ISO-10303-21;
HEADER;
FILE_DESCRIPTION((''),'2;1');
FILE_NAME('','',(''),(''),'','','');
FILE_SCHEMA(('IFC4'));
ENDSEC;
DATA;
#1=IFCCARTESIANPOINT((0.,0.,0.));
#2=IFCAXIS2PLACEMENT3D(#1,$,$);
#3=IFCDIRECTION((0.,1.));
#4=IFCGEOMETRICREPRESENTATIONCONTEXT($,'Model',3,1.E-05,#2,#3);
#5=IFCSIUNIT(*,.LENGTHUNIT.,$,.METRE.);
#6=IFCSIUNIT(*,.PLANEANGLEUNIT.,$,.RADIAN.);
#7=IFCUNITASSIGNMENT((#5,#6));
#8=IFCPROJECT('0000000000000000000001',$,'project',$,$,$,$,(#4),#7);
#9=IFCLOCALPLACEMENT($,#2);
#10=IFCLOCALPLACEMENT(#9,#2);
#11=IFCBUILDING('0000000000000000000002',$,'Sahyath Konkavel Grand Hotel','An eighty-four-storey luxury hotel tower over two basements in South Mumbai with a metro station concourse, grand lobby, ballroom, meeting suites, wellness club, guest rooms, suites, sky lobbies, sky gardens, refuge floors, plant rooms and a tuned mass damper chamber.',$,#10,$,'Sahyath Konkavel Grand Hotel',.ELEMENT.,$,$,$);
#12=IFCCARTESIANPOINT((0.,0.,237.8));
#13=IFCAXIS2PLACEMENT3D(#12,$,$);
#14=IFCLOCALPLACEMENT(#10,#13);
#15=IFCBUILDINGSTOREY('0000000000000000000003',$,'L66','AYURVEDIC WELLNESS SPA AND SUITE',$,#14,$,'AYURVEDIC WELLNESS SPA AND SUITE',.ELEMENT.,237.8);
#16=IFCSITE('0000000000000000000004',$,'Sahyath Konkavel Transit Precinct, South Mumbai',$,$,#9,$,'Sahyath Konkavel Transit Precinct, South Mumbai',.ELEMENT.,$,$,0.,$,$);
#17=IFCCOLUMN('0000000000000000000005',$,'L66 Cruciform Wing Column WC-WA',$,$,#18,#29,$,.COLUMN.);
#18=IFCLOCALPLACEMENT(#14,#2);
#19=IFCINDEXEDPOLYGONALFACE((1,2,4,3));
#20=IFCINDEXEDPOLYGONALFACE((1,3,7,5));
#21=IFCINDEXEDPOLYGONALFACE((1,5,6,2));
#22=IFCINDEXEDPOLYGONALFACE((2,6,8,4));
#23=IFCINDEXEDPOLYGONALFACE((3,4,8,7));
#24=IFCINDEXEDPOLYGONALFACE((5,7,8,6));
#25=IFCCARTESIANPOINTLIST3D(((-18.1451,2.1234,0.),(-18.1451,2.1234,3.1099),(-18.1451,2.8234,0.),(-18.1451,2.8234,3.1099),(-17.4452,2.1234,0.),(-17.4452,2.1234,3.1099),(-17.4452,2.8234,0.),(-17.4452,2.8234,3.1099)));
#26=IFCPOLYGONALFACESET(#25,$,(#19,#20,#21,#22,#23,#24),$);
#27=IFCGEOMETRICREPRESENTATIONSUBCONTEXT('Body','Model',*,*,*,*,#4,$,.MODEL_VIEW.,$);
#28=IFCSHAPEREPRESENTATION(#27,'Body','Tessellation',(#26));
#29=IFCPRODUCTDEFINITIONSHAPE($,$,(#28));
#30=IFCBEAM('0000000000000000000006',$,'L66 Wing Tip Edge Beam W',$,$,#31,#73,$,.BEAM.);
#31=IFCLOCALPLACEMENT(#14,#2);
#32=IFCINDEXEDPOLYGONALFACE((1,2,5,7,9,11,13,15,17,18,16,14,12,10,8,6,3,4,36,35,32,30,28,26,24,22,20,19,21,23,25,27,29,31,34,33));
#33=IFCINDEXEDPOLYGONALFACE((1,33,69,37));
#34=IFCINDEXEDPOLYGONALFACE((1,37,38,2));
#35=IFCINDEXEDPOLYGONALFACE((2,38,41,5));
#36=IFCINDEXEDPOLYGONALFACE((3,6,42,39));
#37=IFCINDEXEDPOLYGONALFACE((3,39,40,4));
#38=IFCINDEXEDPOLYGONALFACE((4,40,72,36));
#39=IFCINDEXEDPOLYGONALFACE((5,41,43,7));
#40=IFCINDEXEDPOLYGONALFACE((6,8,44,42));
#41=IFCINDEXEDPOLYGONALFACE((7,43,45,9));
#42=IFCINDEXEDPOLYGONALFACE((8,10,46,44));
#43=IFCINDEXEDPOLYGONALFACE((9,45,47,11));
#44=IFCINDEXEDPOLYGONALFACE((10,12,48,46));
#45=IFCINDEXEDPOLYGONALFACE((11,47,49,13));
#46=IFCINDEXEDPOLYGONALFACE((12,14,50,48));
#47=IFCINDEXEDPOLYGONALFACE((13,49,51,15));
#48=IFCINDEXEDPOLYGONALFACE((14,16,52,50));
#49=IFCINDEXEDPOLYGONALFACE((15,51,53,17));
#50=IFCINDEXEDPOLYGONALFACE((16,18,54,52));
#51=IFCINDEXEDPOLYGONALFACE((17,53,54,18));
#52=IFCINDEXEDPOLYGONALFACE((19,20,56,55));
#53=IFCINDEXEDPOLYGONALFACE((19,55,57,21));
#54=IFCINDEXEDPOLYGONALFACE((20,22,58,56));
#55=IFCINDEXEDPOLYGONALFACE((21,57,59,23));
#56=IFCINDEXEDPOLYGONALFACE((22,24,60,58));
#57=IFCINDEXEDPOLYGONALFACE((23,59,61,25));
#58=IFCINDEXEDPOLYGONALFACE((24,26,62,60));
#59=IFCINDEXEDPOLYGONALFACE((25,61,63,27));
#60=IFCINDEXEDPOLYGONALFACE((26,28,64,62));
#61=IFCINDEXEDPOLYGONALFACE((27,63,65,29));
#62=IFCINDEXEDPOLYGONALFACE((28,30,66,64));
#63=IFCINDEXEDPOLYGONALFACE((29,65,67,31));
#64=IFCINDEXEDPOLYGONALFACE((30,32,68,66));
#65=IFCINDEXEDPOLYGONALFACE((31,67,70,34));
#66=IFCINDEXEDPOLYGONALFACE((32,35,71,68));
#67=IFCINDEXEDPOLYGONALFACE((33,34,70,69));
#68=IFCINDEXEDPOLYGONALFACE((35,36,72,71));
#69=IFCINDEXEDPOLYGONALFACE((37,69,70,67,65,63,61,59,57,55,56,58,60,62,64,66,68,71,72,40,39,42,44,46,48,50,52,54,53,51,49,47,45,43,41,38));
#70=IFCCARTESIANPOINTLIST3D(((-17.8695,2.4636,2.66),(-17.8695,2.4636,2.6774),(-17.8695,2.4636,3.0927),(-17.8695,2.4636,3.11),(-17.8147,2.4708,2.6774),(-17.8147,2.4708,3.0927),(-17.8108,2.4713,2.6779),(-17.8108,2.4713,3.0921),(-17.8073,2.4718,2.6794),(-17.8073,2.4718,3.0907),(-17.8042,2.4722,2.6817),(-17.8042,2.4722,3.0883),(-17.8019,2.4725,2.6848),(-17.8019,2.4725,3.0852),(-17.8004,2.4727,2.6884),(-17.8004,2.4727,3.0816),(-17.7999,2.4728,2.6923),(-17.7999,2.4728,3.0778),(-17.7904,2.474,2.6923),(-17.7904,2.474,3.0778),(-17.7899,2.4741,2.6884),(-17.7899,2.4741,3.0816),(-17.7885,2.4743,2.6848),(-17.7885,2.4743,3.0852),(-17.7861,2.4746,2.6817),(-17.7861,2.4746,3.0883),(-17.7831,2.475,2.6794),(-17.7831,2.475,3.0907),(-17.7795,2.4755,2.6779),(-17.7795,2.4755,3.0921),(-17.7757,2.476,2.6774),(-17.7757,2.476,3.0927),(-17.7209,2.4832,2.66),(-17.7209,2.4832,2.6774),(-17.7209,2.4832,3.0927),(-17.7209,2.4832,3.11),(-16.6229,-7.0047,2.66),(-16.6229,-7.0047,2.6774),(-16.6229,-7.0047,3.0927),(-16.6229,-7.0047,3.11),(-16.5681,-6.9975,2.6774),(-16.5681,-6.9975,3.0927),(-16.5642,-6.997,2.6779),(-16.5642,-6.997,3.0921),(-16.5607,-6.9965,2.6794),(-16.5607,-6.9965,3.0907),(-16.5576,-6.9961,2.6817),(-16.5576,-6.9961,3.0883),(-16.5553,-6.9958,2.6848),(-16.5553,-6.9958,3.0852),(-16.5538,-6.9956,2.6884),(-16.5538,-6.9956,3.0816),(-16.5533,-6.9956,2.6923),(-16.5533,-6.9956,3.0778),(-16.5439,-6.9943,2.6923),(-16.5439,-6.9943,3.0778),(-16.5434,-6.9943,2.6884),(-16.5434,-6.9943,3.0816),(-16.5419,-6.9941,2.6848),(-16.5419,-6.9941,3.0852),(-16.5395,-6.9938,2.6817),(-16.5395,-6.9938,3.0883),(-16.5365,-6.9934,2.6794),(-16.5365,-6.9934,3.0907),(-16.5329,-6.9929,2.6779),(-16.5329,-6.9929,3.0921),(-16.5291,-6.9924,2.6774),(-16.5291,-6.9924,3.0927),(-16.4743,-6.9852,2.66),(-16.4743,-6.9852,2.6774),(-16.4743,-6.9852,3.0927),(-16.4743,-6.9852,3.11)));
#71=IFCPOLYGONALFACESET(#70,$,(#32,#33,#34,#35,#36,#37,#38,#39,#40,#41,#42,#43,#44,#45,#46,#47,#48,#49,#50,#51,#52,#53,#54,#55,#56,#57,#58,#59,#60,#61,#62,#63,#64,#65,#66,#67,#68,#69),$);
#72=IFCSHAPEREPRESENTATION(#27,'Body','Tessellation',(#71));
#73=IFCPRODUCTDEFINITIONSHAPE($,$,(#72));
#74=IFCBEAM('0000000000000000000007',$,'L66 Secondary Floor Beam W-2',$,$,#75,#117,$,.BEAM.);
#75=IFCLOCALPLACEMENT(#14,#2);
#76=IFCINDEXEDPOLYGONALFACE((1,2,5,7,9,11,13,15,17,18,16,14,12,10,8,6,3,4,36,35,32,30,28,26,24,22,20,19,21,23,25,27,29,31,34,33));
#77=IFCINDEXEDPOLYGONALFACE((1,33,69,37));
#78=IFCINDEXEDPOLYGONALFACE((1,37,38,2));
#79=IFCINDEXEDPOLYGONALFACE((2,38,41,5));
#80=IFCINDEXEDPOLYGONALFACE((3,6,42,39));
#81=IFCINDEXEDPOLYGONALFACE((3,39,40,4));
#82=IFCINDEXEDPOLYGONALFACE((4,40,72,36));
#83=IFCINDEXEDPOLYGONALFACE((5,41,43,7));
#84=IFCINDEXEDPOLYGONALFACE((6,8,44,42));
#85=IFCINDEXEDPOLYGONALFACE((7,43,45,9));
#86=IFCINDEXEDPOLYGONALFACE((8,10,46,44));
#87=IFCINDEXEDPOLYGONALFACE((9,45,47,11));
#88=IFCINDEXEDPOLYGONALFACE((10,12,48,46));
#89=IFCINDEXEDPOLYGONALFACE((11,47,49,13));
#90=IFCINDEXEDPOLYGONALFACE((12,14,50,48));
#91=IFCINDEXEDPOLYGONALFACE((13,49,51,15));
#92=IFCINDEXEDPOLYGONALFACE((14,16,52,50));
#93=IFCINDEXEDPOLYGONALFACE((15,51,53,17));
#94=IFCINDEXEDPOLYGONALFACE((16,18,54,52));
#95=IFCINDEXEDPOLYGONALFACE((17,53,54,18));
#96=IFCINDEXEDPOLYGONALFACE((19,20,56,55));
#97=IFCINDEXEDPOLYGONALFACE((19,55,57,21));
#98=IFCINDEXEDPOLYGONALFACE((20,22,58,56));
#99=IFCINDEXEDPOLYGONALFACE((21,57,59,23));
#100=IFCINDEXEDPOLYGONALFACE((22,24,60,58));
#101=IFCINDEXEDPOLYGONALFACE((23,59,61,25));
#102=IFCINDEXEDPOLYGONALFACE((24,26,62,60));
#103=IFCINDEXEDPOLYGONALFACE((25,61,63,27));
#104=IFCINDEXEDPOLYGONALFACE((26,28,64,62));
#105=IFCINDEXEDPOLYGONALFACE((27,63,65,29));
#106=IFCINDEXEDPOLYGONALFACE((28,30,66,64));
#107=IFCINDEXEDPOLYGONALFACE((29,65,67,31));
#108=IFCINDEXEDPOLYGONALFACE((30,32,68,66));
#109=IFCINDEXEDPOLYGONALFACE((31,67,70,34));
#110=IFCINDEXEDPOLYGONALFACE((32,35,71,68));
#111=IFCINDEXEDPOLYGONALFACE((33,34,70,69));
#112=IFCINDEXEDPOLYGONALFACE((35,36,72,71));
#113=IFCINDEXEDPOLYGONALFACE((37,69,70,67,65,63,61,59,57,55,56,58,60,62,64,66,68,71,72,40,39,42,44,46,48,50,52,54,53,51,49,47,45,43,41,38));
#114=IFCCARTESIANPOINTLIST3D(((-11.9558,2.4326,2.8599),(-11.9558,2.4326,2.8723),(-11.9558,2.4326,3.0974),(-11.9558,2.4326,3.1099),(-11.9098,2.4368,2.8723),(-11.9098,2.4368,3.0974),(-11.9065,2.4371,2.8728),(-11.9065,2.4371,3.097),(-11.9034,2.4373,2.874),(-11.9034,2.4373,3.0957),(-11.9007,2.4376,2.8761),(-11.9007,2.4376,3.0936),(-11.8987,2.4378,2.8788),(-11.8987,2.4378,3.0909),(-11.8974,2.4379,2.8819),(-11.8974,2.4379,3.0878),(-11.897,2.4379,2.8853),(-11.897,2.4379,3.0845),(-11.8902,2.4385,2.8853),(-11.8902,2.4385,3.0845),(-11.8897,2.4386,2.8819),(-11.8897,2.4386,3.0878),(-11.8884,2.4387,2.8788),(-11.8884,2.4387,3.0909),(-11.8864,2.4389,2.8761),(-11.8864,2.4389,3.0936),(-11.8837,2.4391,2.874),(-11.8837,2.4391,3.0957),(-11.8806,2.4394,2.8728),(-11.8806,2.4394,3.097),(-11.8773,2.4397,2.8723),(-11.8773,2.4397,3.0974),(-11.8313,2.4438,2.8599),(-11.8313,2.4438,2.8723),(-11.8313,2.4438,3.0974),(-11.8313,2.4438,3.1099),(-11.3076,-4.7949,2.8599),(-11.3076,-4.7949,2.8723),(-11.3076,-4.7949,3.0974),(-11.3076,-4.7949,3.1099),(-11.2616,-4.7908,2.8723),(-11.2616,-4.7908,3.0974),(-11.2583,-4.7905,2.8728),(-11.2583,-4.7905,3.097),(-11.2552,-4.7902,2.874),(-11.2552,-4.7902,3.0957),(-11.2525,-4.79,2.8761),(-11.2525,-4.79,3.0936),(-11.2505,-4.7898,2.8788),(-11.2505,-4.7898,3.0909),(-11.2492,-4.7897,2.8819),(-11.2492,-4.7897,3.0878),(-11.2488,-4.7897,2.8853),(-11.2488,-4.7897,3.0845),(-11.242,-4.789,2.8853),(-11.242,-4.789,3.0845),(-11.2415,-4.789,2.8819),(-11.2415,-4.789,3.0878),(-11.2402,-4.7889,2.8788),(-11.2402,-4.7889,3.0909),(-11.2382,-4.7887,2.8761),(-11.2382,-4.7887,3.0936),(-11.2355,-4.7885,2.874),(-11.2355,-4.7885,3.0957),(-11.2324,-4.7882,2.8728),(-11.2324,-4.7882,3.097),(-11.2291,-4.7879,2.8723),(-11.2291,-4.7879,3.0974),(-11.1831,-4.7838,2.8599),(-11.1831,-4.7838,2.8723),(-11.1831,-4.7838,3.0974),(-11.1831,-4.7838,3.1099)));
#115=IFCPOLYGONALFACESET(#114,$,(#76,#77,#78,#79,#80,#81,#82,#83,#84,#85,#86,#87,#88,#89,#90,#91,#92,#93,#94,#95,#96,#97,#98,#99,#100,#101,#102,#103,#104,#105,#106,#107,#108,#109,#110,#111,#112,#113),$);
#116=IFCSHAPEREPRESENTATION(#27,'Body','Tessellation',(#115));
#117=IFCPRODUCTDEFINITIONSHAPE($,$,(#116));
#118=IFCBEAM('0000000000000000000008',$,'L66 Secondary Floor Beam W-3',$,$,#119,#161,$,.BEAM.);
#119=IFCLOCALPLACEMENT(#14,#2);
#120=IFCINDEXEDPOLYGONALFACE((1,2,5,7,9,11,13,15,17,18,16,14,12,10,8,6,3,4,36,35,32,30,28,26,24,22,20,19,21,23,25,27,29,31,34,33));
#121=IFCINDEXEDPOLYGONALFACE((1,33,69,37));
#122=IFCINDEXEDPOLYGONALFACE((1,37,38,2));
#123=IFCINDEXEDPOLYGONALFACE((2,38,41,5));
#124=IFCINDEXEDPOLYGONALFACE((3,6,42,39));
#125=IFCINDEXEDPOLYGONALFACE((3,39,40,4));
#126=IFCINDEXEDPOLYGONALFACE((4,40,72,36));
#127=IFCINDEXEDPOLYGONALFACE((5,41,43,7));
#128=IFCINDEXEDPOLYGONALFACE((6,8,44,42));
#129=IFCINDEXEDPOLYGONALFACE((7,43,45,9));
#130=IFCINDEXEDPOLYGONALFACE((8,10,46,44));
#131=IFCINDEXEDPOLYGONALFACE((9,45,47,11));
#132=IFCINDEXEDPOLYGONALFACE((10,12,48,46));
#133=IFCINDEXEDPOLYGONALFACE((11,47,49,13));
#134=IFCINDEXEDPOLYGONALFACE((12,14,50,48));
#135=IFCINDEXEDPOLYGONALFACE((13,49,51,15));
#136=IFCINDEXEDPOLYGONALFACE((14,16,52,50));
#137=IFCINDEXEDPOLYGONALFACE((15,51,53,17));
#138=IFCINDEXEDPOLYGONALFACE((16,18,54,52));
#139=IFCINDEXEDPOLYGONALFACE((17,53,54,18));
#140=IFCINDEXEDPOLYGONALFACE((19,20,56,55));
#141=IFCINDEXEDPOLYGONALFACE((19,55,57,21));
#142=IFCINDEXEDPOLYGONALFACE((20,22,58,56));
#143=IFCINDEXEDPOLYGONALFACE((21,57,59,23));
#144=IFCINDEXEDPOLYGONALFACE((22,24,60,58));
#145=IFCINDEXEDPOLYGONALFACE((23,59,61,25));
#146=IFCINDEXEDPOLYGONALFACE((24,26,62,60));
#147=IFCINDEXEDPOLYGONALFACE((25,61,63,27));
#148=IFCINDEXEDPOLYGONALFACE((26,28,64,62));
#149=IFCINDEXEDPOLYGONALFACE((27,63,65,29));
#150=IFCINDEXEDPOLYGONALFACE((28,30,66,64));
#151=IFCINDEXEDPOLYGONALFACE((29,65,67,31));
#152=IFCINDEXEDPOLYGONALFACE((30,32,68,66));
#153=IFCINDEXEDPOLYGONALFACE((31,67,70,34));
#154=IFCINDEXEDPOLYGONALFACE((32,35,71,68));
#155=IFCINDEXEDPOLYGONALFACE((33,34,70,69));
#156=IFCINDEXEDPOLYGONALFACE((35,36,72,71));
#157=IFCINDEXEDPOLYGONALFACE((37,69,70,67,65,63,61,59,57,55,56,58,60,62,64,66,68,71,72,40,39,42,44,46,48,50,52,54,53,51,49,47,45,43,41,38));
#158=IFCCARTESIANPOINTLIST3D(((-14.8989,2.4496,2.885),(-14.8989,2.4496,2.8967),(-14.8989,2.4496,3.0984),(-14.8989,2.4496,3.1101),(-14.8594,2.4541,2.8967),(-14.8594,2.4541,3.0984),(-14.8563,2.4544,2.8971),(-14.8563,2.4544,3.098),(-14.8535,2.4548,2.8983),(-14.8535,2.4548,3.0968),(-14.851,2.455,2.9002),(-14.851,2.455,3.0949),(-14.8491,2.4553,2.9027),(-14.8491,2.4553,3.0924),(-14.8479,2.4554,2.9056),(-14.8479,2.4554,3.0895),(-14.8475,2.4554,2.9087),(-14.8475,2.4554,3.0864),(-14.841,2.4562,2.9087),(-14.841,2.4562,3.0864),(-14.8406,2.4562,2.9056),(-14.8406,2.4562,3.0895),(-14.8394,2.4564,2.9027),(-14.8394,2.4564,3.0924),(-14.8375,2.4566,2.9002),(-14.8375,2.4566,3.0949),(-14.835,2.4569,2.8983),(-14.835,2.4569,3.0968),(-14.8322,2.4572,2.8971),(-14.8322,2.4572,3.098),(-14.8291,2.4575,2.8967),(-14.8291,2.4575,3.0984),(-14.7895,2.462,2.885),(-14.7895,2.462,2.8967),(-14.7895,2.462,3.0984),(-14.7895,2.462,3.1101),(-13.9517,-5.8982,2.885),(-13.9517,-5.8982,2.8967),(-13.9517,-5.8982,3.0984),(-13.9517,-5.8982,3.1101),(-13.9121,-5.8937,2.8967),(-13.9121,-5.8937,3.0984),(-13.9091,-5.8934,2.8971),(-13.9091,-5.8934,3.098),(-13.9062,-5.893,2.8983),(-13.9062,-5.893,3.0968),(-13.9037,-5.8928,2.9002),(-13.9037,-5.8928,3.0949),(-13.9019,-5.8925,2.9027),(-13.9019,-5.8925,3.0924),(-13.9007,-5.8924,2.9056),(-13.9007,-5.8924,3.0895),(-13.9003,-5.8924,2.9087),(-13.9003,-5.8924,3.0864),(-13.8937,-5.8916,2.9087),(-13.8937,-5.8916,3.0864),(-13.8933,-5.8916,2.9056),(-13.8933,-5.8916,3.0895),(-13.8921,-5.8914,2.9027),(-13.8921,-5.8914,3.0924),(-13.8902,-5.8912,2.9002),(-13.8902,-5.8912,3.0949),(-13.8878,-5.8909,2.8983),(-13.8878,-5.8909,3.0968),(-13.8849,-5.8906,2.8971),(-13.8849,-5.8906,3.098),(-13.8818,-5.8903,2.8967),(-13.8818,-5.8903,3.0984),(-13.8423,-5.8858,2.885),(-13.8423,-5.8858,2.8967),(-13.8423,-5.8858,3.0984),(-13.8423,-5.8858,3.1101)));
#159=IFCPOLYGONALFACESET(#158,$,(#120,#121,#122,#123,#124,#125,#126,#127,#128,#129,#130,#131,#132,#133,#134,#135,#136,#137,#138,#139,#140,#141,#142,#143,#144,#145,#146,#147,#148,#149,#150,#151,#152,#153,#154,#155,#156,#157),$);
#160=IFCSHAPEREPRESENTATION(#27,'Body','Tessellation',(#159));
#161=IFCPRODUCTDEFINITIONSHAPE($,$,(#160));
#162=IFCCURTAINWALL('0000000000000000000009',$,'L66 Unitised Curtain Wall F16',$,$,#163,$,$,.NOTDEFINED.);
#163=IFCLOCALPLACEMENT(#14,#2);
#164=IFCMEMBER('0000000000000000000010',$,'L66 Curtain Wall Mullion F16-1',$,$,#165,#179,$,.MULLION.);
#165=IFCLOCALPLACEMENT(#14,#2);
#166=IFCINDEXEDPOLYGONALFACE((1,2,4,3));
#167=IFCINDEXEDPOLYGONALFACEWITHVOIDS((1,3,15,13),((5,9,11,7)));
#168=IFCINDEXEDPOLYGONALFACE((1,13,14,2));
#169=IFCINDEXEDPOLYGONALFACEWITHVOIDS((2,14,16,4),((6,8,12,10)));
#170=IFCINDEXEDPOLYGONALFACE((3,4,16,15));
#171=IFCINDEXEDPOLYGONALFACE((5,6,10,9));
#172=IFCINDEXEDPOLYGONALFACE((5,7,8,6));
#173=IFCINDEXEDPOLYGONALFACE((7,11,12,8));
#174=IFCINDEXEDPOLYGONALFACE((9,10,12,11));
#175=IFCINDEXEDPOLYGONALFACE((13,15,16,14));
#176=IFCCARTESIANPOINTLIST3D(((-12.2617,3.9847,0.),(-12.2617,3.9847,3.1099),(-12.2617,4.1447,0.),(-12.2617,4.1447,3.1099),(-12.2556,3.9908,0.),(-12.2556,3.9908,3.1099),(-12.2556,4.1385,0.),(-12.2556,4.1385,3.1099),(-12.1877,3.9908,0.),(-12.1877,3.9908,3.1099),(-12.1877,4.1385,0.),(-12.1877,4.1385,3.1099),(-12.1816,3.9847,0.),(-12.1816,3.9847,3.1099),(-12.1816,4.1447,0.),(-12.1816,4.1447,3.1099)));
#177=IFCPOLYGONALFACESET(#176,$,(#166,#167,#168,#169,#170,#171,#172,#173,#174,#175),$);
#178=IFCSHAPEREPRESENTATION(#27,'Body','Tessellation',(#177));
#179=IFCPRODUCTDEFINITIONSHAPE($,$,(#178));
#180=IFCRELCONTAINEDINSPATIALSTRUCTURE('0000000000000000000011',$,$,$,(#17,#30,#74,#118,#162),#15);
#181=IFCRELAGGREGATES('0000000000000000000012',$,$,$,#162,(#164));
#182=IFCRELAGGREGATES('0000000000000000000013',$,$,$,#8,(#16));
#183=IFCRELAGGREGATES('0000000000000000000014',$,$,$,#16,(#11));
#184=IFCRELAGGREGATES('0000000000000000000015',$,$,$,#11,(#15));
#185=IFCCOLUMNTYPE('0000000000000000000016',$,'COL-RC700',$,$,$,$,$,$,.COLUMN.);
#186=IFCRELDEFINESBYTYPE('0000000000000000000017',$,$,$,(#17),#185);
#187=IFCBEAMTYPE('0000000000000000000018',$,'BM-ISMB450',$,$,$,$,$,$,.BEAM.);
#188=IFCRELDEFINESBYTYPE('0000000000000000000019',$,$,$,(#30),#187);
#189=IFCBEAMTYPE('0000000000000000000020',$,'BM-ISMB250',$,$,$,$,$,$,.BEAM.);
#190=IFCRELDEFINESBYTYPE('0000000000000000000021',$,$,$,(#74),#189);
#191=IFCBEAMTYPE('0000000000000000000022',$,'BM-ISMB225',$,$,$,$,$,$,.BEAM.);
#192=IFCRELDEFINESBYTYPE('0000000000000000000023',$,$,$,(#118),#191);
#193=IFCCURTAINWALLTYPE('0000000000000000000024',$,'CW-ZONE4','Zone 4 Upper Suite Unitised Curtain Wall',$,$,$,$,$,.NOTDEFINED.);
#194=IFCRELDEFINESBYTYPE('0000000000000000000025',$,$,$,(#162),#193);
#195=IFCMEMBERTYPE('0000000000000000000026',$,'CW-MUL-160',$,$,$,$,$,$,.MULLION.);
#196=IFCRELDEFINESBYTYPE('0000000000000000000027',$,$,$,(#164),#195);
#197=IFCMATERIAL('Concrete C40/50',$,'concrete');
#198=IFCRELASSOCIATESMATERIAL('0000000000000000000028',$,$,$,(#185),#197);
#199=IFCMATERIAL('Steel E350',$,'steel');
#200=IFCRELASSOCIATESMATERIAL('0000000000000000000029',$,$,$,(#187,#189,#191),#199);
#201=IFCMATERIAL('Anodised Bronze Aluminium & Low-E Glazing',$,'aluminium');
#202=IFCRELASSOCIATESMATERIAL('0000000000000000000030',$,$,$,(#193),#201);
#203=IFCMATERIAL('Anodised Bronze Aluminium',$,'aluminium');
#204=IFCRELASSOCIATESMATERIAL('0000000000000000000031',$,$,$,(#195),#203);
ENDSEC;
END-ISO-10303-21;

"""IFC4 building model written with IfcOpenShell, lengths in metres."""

from ifc_helpers import new_model, si_unit, direction, frame, origin, origin_2d, place, context, subcontext, project, spatial, rectangle, hollow_rectangle, i_section, extrude, source, transform, mapped, material, material_profile, profile_set, type_object, element, aggregate, save


model = new_model("IFC4")

# Units and contexts
model_context = context("Model", 3, precision=1e-05, world=origin(), true_north=direction((0.0, 1.0)))
body_context = subcontext(model_context, "Body", "Model", "MODEL_VIEW")
ifc_project = project(units=[si_unit("LENGTHUNIT", "METRE"), si_unit("PLANEANGLEUNIT", "RADIAN")], contexts=[model_context])

# Site, building, storey
site_placement = place(None, origin())
site = spatial("IfcSite", under=ifc_project, at=site_placement, Name="Sahyath Konkavel Transit Precinct, South Mumbai", LongName="Sahyath Konkavel Transit Precinct, South Mumbai", CompositionType="ELEMENT", RefElevation=0.0)
building_placement = place(site_placement, origin())
building = spatial("IfcBuilding", under=site, at=building_placement, Name="Sahyath Konkavel Grand Hotel", Description="An eighty-four-storey luxury hotel tower over two basements in South Mumbai with a metro station concourse, grand lobby, ballroom, meeting suites, wellness club, guest rooms, suites, sky lobbies, sky gardens, refuge floors, plant rooms and a tuned mass damper chamber.", LongName="Sahyath Konkavel Grand Hotel", CompositionType="ELEMENT")
storey_placement = place(building_placement, frame((0.0, 0.0, 237.8)))
storey = spatial("IfcBuildingStorey", under=building, at=storey_placement, Name="L66", Description="AYURVEDIC WELLNESS SPA AND SUITE", LongName="AYURVEDIC WELLNESS SPA AND SUITE", CompositionType="ELEMENT", Elevation=237.8)

# Column
ifc_material_1 = material(Name="Concrete C40/50", Category="concrete")
ifc_material_profile_1 = material_profile(ifc_material_1, rectangle(XDim=0.7, YDim=0.7, at=origin_2d()), Name="RC 700x700")
ifc_profile_set_1 = profile_set([ifc_material_profile_1], Name="Concrete C40/50")
column_type = type_object("IfcColumnType", Name="COL-RC700", PredefinedType="COLUMN", material=ifc_profile_set_1)
shared_shape_1 = source(origin(), body_context, "Body", "SweptSolid", [
    extrude(rectangle(XDim=0.7, YDim=0.7, at=origin_2d()), origin(), (0.0, 0.0, 1.0), 3.1099),
])
column_placement = place(storey_placement, frame((-17.7952, 2.4734, 0.0), z_axis=(0.0, 0.0, 1.0), x_axis=(1.0, 0.0, 0.0)))
element("IfcColumn", 1, at=column_placement, inside=storey, type_object=column_type, Name="L66 Cruciform Wing Column WC-WA", PredefinedType="COLUMN", context=body_context, shape_type="MappedRepresentation", body=[
    mapped(shared_shape_1, transform((0.0, 0.0, 0.0), scale=1.0)),
])

# Beams
ifc_material_2 = material(Name="Steel E350", Category="steel")
ifc_material_profile_2 = material_profile(ifc_material_2, i_section(OverallWidth=0.1499, OverallDepth=0.45, WebThickness=0.0095, FlangeThickness=0.0173, FilletRadius=0.0149, at=origin_2d()), Name="ISMB 450")
ifc_profile_set_2 = profile_set([ifc_material_profile_2], Name="Steel E350")
beam_type_1 = type_object("IfcBeamType", Name="BM-ISMB450", PredefinedType="BEAM", material=ifc_profile_set_2)
shared_shape_2 = source(origin(), body_context, "Body", "SweptSolid", [
    extrude(i_section(OverallWidth=0.1499, OverallDepth=0.45, WebThickness=0.0095, FlangeThickness=0.0173, FilletRadius=0.0149, at=origin_2d()), origin(), (0.0, 0.0, 1.0), 9.55),
])
beam_1_placement = place(storey_placement, frame((-17.7952, 2.4734, 2.885), z_axis=(0.130533, -0.991444, 0.0), x_axis=(0.991444, 0.130533, 0.0)))
element("IfcBeam", 2, at=beam_1_placement, inside=storey, type_object=beam_type_1, Name="L66 Wing Tip Edge Beam W", PredefinedType="BEAM", context=body_context, shape_type="MappedRepresentation", body=[
    mapped(shared_shape_2, transform((0.0, 0.0, 0.0), scale=1.0)),
])
ifc_material_profile_3 = material_profile(ifc_material_2, i_section(OverallWidth=0.125, OverallDepth=0.25, WebThickness=0.0068, FlangeThickness=0.0125, FilletRadius=0.0129, at=origin_2d()), Name="ISMB 250")
ifc_profile_set_3 = profile_set([ifc_material_profile_3], Name="Steel E350")
beam_type_2 = type_object("IfcBeamType", Name="BM-ISMB250", PredefinedType="BEAM", material=ifc_profile_set_3)
shared_shape_3 = source(origin(), body_context, "Body", "SweptSolid", [
    extrude(i_section(OverallWidth=0.125, OverallDepth=0.25, WebThickness=0.0068, FlangeThickness=0.0125, FilletRadius=0.0129, at=origin_2d()), origin(), (0.0, 0.0, 1.0), 7.2566),
])
beam_2_placement = place(storey_placement, frame((-11.8936, 2.4382, 2.9849), z_axis=(0.089325, -0.996003, 0.0), x_axis=(0.996003, 0.089325, 0.0)))
element("IfcBeam", 3, at=beam_2_placement, inside=storey, type_object=beam_type_2, Name="L66 Secondary Floor Beam W-2", PredefinedType="BEAM", context=body_context, shape_type="MappedRepresentation", body=[
    mapped(shared_shape_3, transform((0.0, 0.0, 0.0), scale=1.0)),
])
ifc_material_profile_4 = material_profile(ifc_material_2, i_section(OverallWidth=0.1101, OverallDepth=0.2251, WebThickness=0.0066, FlangeThickness=0.0117, FilletRadius=0.012, at=origin_2d()), Name="ISMB 225")
ifc_profile_set_4 = profile_set([ifc_material_profile_4], Name="Steel E350")
beam_type_3 = type_object("IfcBeamType", Name="BM-ISMB225", PredefinedType="BEAM", material=ifc_profile_set_4)
shared_shape_4 = source(origin(), body_context, "Body", "SweptSolid", [
    extrude(i_section(OverallWidth=0.1101, OverallDepth=0.2251, WebThickness=0.0066, FlangeThickness=0.0117, FilletRadius=0.012, at=origin_2d()), origin(), (0.0, 0.0, 1.0), 8.4014),
])
beam_3_placement = place(storey_placement, frame((-14.8442, 2.4558, 2.9976), z_axis=(0.11275, -0.993623, 0.0), x_axis=(0.993623, 0.11275, 0.0)))
element("IfcBeam", 4, at=beam_3_placement, inside=storey, type_object=beam_type_3, Name="L66 Secondary Floor Beam W-3", PredefinedType="BEAM", context=body_context, shape_type="MappedRepresentation", body=[
    mapped(shared_shape_4, transform((0.0, 0.0, 0.0), scale=1.0)),
])

# Curtain wall, member
ifc_material_3 = material(Name="Anodised Bronze Aluminium & Low-E Glazing", Category="aluminium")
curtain_wall_type = type_object("IfcCurtainWallType", Name="CW-ZONE4", Description="Zone 4 Upper Suite Unitised Curtain Wall", PredefinedType="NOTDEFINED", material=ifc_material_3)
curtain_wall_1_placement = place(storey_placement, origin())
curtain_wall_1 = element("IfcCurtainWall", 5, at=curtain_wall_1_placement, inside=storey, type_object=curtain_wall_type, Name="L66 Unitised Curtain Wall F16", PredefinedType="NOTDEFINED")
ifc_material_4 = material(Name="Anodised Bronze Aluminium", Category="aluminium")
ifc_material_profile_5 = material_profile(ifc_material_4, hollow_rectangle(XDim=0.0801, YDim=0.1599, WallThickness=0.0061, at=origin_2d()), Name="RHS 160x80x6")
ifc_profile_set_5 = profile_set([ifc_material_profile_5], Name="Anodised Bronze Aluminium")
member_type_1 = type_object("IfcMemberType", Name="CW-MUL-160", PredefinedType="MULLION", material=ifc_profile_set_5)
shared_shape_5 = source(origin(), body_context, "Body", "SweptSolid", [
    extrude(hollow_rectangle(XDim=0.0801, YDim=0.1599, WallThickness=0.0061, at=origin_2d()), origin(), (0.0, 0.0, 1.0), 3.1099),
])
member_1_placement = place(storey_placement, frame((-12.2217, 4.0647, 0.0), z_axis=(0.0, 0.0, 1.0), x_axis=(1.0, 0.0, 0.0)))
member_1 = element("IfcMember", 6, at=member_1_placement, type_object=member_type_1, Name="L66 Curtain Wall Mullion F16-1", PredefinedType="MULLION", context=body_context, shape_type="MappedRepresentation", body=[
    mapped(shared_shape_5, transform((0.0, 0.0, 0.0), scale=1.0)),
])

aggregate(curtain_wall_1, [member_1])

save(model, "model.ifc")
